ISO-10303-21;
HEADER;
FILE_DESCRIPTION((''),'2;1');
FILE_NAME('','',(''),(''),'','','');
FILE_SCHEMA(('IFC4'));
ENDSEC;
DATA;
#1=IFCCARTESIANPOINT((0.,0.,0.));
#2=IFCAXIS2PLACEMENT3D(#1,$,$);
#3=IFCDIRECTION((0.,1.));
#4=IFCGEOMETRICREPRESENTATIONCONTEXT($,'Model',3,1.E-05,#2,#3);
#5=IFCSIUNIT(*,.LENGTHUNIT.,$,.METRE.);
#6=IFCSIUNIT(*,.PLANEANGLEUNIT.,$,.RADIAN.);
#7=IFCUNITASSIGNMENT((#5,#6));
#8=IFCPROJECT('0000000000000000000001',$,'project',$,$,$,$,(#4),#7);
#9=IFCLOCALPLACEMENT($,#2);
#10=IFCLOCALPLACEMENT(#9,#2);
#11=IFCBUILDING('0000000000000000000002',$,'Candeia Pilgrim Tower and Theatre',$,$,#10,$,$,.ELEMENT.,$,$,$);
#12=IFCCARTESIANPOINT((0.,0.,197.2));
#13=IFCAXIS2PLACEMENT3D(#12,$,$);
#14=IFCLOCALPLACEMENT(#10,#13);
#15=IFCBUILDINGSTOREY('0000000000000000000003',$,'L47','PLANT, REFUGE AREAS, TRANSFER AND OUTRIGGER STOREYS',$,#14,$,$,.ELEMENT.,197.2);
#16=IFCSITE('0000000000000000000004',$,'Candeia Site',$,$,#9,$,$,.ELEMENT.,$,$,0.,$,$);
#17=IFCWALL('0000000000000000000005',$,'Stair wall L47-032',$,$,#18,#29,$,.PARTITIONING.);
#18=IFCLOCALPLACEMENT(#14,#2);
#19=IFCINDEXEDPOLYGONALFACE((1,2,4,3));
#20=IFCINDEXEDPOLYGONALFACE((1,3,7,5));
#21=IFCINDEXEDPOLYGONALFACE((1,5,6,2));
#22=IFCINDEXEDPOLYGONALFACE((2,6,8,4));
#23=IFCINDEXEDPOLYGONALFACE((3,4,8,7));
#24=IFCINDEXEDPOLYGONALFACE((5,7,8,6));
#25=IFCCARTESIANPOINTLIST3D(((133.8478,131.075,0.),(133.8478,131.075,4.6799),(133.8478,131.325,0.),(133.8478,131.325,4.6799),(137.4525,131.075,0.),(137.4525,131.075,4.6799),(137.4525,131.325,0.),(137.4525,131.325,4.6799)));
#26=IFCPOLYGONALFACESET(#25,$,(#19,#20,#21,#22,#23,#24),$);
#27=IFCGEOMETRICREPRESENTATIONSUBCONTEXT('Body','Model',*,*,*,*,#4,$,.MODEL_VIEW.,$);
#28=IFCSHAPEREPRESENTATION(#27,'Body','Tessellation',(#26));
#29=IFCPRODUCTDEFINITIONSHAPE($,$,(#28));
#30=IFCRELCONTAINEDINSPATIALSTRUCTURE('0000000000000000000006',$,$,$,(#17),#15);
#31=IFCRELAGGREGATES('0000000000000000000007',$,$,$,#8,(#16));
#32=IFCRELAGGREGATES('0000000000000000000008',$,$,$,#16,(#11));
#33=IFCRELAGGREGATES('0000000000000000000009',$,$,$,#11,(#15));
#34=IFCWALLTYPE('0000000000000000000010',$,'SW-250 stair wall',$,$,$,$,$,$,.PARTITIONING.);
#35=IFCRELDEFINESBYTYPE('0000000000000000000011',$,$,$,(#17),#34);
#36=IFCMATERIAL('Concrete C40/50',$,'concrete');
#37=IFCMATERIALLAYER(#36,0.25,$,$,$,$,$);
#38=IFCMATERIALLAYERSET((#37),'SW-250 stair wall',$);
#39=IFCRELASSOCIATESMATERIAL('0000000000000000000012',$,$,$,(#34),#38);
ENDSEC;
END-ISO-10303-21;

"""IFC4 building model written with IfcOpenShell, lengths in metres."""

from ifc_helpers import new_model, si_unit, direction, frame, frame_2d, origin, place, context, subcontext, project, spatial, rectangle, extrude, material, layer, layer_set, type_object, element, save


model = new_model("IFC4")

# Units and contexts
model_context = context("Model", 3, precision=1e-05, world=origin(), true_north=direction((0.0, 1.0)))
body_context = subcontext(model_context, "Body", "Model", "MODEL_VIEW")
ifc_project = project(units=[si_unit("LENGTHUNIT", "METRE"), si_unit("PLANEANGLEUNIT", "RADIAN")], contexts=[model_context])

# Site, building, storey
site_placement = place(None, origin())
site = spatial("IfcSite", under=ifc_project, at=site_placement, Name="Candeia Site", CompositionType="ELEMENT", RefElevation=0.0)
building_placement = place(site_placement, origin())
building = spatial("IfcBuilding", under=site, at=building_placement, Name="Candeia Pilgrim Tower and Theatre", CompositionType="ELEMENT")
storey_placement = place(building_placement, frame((0.0, 0.0, 197.2)))
storey = spatial("IfcBuildingStorey", under=building, at=storey_placement, Name="L47", Description="PLANT, REFUGE AREAS, TRANSFER AND OUTRIGGER STOREYS", CompositionType="ELEMENT", Elevation=197.2)

# Shared definitions
ifc_material_1 = material(Name="Concrete C40/50", Category="concrete")

# Wall
ifc_layer_1 = layer(ifc_material_1, 0.25)
ifc_layer_set_1 = layer_set([ifc_layer_1], Name="SW-250 stair wall")
wall_type_1 = type_object("IfcWallType", Name="SW-250 stair wall", PredefinedType="PARTITIONING", material=ifc_layer_set_1)
wall_1_placement = place(storey_placement, frame((133.8479, 131.2, 0.0), z_axis=(0.0, 0.0, 1.0), x_axis=(1.0, 0.0, 0.0)))
element("IfcWall", 1, at=wall_1_placement, inside=storey, type_object=wall_type_1, Name="Stair wall L47-032", PredefinedType="PARTITIONING", context=body_context, shape_type="SweptSolid", body=[
    extrude(rectangle(XDim=3.6047, YDim=0.25, at=frame_2d((1.8022, 0.0))), origin(), (0.0, 0.0, 1.0), 4.6799),
])

save(model, "model.ifc")
